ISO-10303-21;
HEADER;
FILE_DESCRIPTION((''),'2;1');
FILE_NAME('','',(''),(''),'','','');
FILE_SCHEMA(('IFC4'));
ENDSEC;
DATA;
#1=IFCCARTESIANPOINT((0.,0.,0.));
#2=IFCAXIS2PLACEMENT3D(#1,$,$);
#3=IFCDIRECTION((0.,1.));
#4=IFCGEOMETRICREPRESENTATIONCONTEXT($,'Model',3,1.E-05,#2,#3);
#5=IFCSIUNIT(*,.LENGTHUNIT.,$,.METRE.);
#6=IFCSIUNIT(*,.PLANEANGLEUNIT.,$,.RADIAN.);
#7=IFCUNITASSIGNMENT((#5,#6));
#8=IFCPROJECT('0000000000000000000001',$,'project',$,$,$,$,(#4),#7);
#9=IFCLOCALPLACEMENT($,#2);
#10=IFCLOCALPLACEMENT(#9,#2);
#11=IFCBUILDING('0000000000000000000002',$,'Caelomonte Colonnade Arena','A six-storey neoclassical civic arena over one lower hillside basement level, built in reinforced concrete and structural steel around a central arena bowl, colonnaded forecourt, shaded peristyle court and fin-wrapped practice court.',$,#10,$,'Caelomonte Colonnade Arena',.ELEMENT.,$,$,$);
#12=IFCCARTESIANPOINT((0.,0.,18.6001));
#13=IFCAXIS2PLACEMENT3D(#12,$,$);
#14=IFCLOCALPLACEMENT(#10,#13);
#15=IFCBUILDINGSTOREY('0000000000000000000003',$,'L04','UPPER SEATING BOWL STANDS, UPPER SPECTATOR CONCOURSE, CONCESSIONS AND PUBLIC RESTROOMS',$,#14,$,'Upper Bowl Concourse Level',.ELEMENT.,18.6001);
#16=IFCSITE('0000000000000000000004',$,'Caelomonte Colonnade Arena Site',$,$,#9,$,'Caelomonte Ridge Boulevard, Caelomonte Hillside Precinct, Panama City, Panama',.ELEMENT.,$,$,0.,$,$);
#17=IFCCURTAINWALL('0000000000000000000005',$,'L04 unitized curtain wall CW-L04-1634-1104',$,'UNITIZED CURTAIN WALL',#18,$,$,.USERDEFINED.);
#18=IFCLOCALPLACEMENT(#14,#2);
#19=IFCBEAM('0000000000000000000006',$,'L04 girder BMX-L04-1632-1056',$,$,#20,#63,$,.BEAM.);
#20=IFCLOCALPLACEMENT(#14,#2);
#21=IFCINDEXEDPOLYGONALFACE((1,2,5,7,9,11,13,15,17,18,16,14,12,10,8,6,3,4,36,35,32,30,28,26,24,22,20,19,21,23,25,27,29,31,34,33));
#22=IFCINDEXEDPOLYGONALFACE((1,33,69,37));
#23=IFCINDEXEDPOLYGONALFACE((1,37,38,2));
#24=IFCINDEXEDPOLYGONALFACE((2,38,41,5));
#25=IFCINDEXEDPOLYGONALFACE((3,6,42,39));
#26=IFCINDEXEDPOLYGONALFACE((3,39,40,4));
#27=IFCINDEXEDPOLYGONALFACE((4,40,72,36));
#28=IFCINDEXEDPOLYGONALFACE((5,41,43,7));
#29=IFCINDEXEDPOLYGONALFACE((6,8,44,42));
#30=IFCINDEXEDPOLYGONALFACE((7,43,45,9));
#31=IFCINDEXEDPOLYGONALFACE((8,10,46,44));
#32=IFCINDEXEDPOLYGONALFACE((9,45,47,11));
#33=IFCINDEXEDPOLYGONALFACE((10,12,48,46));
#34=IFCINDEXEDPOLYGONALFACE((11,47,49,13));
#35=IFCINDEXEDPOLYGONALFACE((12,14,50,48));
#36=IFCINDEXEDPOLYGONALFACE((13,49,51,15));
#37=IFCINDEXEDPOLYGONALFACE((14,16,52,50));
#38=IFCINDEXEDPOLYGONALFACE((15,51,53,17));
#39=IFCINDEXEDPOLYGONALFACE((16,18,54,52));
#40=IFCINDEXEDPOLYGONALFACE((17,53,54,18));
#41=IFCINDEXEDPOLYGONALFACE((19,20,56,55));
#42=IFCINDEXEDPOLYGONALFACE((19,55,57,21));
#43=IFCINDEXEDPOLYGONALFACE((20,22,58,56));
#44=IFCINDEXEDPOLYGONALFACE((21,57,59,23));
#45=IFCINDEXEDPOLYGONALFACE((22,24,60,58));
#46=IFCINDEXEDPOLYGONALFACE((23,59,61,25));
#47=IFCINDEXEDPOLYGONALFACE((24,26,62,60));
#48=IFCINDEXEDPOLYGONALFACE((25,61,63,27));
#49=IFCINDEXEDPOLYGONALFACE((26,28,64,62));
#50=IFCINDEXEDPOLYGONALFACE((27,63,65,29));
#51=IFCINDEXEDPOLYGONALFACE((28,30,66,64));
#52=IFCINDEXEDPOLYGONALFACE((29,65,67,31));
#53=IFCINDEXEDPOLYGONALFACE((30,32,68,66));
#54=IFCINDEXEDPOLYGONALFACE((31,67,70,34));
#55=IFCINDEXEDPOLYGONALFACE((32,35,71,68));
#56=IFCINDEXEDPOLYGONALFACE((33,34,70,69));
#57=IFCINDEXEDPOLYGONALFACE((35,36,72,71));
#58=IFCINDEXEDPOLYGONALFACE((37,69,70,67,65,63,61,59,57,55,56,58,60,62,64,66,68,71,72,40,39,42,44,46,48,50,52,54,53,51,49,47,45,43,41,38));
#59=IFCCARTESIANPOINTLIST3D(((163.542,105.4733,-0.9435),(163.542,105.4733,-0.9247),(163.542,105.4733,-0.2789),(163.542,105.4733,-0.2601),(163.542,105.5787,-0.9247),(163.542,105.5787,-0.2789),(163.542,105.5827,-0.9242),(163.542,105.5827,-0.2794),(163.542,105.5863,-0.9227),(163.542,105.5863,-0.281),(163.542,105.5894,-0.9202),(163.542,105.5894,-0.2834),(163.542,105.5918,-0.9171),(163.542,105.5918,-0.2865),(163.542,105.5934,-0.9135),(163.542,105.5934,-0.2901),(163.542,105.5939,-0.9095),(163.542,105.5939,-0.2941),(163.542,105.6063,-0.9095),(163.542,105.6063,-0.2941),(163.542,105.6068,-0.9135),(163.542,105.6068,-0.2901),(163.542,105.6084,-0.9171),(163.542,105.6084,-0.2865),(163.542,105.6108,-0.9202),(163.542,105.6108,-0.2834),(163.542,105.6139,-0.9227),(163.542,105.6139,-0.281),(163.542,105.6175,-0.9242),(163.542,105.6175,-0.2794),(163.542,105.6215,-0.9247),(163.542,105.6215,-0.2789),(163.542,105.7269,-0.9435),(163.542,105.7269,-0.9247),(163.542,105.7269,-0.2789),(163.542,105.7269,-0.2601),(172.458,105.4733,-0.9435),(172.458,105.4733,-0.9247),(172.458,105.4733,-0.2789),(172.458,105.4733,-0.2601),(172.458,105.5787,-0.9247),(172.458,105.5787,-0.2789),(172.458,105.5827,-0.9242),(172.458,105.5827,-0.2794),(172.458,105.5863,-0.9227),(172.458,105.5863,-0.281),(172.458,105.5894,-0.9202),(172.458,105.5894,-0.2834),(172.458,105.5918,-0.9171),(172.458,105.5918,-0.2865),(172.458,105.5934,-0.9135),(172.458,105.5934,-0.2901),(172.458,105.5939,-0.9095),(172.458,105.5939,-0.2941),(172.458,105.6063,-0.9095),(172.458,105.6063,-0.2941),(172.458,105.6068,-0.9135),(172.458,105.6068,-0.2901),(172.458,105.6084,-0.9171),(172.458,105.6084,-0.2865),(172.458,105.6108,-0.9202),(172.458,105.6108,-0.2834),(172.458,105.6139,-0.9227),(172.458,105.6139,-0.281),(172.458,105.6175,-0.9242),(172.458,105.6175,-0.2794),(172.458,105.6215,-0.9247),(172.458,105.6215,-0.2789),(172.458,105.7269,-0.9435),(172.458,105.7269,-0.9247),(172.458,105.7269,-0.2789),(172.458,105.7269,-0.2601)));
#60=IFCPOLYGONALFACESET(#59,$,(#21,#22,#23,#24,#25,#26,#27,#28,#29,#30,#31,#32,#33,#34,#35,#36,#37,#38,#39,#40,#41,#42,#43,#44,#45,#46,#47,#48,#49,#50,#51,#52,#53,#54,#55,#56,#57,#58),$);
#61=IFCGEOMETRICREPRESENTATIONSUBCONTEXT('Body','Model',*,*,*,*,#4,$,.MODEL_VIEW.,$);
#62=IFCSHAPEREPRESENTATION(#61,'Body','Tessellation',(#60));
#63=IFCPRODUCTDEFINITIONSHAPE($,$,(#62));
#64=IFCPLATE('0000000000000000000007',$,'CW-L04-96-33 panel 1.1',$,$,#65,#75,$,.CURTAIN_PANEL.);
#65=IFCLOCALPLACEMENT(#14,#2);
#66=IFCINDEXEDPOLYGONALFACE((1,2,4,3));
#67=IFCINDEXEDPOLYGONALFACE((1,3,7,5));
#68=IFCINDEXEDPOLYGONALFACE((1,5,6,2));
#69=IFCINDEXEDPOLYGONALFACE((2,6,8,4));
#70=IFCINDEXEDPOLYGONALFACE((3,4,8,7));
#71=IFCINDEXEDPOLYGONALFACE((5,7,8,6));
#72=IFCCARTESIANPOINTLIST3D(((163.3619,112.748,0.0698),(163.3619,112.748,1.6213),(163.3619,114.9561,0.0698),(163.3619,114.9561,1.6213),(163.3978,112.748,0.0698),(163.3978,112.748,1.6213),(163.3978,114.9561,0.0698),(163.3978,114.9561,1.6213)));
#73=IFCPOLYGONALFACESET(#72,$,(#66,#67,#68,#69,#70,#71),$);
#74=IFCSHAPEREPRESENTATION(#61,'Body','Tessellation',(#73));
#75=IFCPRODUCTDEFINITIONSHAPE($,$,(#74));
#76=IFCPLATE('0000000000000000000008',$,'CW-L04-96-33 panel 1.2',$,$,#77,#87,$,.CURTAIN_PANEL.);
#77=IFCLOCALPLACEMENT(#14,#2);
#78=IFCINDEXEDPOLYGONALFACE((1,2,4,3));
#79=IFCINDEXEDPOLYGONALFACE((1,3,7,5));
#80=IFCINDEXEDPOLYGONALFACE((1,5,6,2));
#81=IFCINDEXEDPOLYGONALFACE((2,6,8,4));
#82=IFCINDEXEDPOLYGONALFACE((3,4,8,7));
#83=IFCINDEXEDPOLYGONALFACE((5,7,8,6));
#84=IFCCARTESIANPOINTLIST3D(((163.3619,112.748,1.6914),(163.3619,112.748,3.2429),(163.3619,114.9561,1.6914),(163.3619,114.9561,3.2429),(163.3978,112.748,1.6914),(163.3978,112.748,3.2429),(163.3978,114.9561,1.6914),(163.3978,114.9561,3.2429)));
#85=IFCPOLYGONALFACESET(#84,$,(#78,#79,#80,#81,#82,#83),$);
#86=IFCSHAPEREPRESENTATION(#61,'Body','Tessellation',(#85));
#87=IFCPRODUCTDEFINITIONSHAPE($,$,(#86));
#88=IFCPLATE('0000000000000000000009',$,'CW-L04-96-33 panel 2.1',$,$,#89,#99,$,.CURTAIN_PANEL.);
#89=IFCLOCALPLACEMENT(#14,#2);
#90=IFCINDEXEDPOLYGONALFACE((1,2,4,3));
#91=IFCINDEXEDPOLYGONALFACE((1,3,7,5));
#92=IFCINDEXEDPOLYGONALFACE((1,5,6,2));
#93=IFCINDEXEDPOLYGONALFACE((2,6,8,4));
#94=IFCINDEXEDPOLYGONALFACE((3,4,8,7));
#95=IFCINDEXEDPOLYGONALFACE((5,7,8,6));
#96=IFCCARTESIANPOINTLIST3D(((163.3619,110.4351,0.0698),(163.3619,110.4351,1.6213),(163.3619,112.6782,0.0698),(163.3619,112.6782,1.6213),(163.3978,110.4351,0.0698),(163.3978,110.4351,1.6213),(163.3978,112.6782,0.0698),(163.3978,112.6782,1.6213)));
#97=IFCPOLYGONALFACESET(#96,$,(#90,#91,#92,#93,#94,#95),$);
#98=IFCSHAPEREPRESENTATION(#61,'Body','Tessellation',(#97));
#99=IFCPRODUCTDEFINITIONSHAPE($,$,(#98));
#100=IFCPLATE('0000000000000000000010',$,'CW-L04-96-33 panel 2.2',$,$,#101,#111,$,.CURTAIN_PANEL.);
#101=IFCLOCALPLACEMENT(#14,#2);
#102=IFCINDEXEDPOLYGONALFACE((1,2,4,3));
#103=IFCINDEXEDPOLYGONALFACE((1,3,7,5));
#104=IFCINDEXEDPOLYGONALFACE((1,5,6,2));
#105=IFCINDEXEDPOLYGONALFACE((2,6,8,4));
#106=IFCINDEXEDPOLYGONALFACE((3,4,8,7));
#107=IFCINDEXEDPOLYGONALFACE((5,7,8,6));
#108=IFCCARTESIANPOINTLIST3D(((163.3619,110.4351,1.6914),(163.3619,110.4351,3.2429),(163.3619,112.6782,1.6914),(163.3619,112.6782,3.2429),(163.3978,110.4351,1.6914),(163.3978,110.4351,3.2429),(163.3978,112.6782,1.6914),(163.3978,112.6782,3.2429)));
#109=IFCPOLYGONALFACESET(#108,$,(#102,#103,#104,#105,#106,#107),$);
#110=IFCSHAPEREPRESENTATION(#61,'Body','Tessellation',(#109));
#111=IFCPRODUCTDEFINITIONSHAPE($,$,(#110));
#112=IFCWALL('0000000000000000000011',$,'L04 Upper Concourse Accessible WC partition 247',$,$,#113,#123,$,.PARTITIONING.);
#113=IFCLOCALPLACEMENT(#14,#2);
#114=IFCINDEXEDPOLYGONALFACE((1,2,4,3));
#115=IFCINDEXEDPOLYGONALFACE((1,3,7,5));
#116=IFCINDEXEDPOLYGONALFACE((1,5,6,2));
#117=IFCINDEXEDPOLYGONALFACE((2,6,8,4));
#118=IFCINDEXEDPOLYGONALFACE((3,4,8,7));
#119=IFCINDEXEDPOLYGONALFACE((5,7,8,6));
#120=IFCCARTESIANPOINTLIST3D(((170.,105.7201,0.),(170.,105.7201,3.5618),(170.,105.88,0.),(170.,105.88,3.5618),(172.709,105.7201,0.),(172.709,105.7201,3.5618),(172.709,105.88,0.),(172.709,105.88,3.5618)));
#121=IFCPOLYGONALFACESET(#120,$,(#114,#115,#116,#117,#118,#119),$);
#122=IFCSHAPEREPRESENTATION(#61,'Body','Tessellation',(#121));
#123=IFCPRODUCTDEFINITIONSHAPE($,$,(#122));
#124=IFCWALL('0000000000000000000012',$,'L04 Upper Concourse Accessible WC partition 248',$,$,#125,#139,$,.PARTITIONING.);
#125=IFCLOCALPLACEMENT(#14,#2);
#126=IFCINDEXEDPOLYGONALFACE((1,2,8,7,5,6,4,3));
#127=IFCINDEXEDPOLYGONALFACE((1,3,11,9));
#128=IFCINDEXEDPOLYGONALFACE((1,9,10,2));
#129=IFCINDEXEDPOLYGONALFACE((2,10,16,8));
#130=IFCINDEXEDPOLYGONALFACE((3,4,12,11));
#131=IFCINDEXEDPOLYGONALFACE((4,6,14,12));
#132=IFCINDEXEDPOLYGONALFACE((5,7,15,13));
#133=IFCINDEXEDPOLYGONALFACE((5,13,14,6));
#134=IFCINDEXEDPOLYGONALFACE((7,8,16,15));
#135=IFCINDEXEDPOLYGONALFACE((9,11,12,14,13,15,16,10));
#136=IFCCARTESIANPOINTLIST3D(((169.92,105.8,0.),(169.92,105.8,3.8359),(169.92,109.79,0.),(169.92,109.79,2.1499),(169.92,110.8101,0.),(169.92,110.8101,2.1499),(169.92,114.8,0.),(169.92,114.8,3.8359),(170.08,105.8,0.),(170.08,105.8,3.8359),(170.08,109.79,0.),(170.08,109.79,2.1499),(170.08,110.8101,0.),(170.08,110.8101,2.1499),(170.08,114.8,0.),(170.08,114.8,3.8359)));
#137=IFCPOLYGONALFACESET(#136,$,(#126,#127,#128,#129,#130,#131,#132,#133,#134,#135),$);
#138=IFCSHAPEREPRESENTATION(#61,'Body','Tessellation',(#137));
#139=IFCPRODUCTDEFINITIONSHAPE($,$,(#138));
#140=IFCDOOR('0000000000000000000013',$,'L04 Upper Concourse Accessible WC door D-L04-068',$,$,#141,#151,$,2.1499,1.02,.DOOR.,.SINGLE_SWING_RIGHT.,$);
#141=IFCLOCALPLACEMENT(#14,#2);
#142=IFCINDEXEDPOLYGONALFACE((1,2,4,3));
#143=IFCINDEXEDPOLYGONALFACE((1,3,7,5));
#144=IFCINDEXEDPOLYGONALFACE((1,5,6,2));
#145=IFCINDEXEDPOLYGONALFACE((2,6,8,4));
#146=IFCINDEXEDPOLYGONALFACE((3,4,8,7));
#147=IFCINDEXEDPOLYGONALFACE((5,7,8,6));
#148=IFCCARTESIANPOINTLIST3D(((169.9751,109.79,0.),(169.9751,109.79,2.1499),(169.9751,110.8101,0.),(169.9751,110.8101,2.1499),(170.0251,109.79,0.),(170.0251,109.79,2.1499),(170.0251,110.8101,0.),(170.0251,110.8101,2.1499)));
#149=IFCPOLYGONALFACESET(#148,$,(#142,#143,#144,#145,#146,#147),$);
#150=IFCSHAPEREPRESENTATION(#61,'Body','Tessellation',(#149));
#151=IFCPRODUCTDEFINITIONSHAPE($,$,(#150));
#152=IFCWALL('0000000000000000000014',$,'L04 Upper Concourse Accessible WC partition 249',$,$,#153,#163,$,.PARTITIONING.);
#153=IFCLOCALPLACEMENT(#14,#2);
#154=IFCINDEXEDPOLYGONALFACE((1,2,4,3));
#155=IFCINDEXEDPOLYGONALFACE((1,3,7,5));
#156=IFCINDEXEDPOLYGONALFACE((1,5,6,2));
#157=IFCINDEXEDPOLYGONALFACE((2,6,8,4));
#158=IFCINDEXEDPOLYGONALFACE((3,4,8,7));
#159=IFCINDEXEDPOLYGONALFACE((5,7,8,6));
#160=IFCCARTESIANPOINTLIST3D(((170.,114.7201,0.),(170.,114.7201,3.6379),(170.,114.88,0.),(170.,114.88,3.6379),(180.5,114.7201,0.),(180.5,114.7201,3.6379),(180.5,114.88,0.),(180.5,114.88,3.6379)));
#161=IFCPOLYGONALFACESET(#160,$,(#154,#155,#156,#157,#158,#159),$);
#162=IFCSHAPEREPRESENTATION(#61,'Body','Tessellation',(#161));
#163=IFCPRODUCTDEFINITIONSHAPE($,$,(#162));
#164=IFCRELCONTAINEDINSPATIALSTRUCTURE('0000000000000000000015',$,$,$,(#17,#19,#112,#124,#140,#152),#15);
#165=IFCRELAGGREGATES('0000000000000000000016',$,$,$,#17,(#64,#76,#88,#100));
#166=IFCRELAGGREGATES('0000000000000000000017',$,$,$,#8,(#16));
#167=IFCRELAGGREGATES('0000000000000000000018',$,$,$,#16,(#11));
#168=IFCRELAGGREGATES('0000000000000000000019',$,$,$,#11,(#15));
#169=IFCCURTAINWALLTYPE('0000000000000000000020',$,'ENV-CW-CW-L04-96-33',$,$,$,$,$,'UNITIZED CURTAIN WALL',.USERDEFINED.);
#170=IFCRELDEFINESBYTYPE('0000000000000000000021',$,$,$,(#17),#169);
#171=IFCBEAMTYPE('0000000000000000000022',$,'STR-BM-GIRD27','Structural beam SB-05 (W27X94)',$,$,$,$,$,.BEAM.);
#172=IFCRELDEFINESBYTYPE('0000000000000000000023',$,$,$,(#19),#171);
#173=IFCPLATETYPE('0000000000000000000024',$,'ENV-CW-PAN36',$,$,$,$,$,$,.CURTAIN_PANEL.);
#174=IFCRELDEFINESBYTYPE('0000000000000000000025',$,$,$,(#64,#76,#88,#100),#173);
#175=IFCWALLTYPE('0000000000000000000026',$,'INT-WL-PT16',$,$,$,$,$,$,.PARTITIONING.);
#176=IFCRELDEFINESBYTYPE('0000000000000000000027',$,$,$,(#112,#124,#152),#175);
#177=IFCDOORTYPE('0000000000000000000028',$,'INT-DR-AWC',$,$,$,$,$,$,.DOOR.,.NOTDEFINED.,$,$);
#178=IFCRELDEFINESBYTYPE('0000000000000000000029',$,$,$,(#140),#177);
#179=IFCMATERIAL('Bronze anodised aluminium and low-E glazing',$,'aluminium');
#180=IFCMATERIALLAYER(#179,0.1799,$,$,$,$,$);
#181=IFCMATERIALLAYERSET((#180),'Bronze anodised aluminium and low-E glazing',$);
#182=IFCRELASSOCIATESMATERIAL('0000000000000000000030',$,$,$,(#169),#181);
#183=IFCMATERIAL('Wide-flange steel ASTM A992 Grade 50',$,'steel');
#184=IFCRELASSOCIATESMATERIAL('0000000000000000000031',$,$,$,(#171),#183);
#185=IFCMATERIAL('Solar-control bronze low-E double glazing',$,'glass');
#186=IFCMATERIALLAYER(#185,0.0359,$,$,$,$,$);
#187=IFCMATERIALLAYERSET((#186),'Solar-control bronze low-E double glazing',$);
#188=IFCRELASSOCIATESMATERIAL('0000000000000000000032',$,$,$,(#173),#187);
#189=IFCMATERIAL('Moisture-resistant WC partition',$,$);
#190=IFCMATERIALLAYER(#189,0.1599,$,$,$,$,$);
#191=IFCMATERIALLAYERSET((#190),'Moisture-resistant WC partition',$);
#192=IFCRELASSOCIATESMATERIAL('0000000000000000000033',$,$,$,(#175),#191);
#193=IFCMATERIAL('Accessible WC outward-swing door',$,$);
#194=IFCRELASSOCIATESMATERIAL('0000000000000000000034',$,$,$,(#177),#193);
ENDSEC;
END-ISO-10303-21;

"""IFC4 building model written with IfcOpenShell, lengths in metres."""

from ifc_helpers import new_model, si_unit, direction, frame, frame_2d, origin, origin_2d, place, context, subcontext, project, spatial, rectangle, i_section, extrude, material, layer, layer_set, material_profile, profile_set, type_object, element, fill, aggregate, save


model = new_model("IFC4")

# Units and contexts
model_context = context("Model", 3, precision=1e-05, world=origin(), true_north=direction((0.0, 1.0)))
body_context = subcontext(model_context, "Body", "Model", "MODEL_VIEW")
ifc_project = project(units=[si_unit("LENGTHUNIT", "METRE"), si_unit("PLANEANGLEUNIT", "RADIAN")], contexts=[model_context])

# Site, building, storey
site_placement = place(None, origin())
site = spatial("IfcSite", under=ifc_project, at=site_placement, Name="Caelomonte Colonnade Arena Site", LongName="Caelomonte Ridge Boulevard, Caelomonte Hillside Precinct, Panama City, Panama", CompositionType="ELEMENT", RefElevation=0.0)
building_placement = place(site_placement, origin())
building = spatial("IfcBuilding", under=site, at=building_placement, Name="Caelomonte Colonnade Arena", Description="A six-storey neoclassical civic arena over one lower hillside basement level, built in reinforced concrete and structural steel around a central arena bowl, colonnaded forecourt, shaded peristyle court and fin-wrapped practice court.", LongName="Caelomonte Colonnade Arena", CompositionType="ELEMENT")
storey_placement = place(building_placement, frame((0.0, 0.0, 18.6001)))
storey = spatial("IfcBuildingStorey", under=building, at=storey_placement, Name="L04", Description="UPPER SEATING BOWL STANDS, UPPER SPECTATOR CONCOURSE, CONCESSIONS AND PUBLIC RESTROOMS", LongName="Upper Bowl Concourse Level", CompositionType="ELEMENT", Elevation=18.6001)

# Curtain wall
ifc_material_1 = material(Name="Bronze anodised aluminium and low-E glazing", Category="aluminium")
ifc_layer_1 = layer(ifc_material_1, 0.1799)
ifc_layer_set_1 = layer_set([ifc_layer_1], Name="Bronze anodised aluminium and low-E glazing")
curtain_wall_type = type_object("IfcCurtainWallType", Name="ENV-CW-CW-L04-96-33", ElementType="UNITIZED CURTAIN WALL", PredefinedType="USERDEFINED", material=ifc_layer_set_1)
curtain_wall_placement = place(storey_placement, origin())
curtain_wall = element("IfcCurtainWall", 1, at=curtain_wall_placement, inside=storey, type_object=curtain_wall_type, Name="L04 unitized curtain wall CW-L04-1634-1104", ObjectType="UNITIZED CURTAIN WALL", PredefinedType="USERDEFINED")

# Beam
ifc_material_2 = material(Name="Wide-flange steel ASTM A992 Grade 50", Category="steel")
ifc_material_profile_1 = material_profile(ifc_material_2, i_section(OverallWidth=0.2537, OverallDepth=0.6833, WebThickness=0.0125, FlangeThickness=0.0188, FilletRadius=0.0151, at=origin_2d()), Name="W27X94")
ifc_profile_set_1 = profile_set([ifc_material_profile_1], Name="Wide-flange steel ASTM A992 Grade 50")
beam_type_1 = type_object("IfcBeamType", Name="STR-BM-GIRD27", Description="Structural beam SB-05 (W27X94)", PredefinedType="BEAM", material=ifc_profile_set_1)
beam_1_placement = place(storey_placement, frame((163.542, 105.6001, -0.6018), z_axis=(1.0, 0.0, 0.0), x_axis=(0.0, 1.0, 0.0)))
element("IfcBeam", 2, at=beam_1_placement, inside=storey, type_object=beam_type_1, Name="L04 girder BMX-L04-1632-1056", PredefinedType="BEAM", context=body_context, shape_type="SweptSolid", body=[
    extrude(i_section(OverallWidth=0.2537, OverallDepth=0.6833, WebThickness=0.0125, FlangeThickness=0.0188, FilletRadius=0.0151, at=origin_2d()), origin(), (0.0, 0.0, 1.0), 8.916),
])

# Plates
ifc_material_3 = material(Name="Solar-control bronze low-E double glazing", Category="glass")
ifc_layer_2 = layer(ifc_material_3, 0.0359)
ifc_layer_set_2 = layer_set([ifc_layer_2], Name="Solar-control bronze low-E double glazing")
plate_type = type_object("IfcPlateType", Name="ENV-CW-PAN36", PredefinedType="CURTAIN_PANEL", material=ifc_layer_set_2)
plate_1_placement = place(storey_placement, frame((163.3799, 113.8521, 0.0698), z_axis=(0.0, 0.0, 1.0), x_axis=(0.0, -1.0, 0.0)))
plate_1 = element("IfcPlate", 3, at=plate_1_placement, type_object=plate_type, Name="CW-L04-96-33 panel 1.1", PredefinedType="CURTAIN_PANEL", context=body_context, shape_type="SweptSolid", body=[
    extrude(rectangle(XDim=2.208, YDim=0.0359, at=origin_2d()), origin(), (0.0, 0.0, 1.0), 1.5515),
])
plate_2_placement = place(storey_placement, frame((163.3799, 113.8521, 1.6914), z_axis=(0.0, 0.0, 1.0), x_axis=(0.0, -1.0, 0.0)))
plate_2 = element("IfcPlate", 4, at=plate_2_placement, type_object=plate_type, Name="CW-L04-96-33 panel 1.2", PredefinedType="CURTAIN_PANEL", context=body_context, shape_type="SweptSolid", body=[
    extrude(rectangle(XDim=2.208, YDim=0.0359, at=origin_2d()), origin(), (0.0, 0.0, 1.0), 1.5515),
])
plate_3_placement = place(storey_placement, frame((163.3799, 111.5566, 0.0698), z_axis=(0.0, 0.0, 1.0), x_axis=(0.0, -1.0, 0.0)))
plate_3 = element("IfcPlate", 5, at=plate_3_placement, type_object=plate_type, Name="CW-L04-96-33 panel 2.1", PredefinedType="CURTAIN_PANEL", context=body_context, shape_type="SweptSolid", body=[
    extrude(rectangle(XDim=2.2432, YDim=0.0359, at=origin_2d()), origin(), (0.0, 0.0, 1.0), 1.5515),
])
plate_4_placement = place(storey_placement, frame((163.3799, 111.5566, 1.6914), z_axis=(0.0, 0.0, 1.0), x_axis=(0.0, -1.0, 0.0)))
plate_4 = element("IfcPlate", 6, at=plate_4_placement, type_object=plate_type, Name="CW-L04-96-33 panel 2.2", PredefinedType="CURTAIN_PANEL", context=body_context, shape_type="SweptSolid", body=[
    extrude(rectangle(XDim=2.2432, YDim=0.0359, at=origin_2d()), origin(), (0.0, 0.0, 1.0), 1.5515),
])
aggregate(curtain_wall, [plate_1, plate_2, plate_3, plate_4])

# Wall
ifc_material_4 = material(Name="Moisture-resistant WC partition")
ifc_layer_3 = layer(ifc_material_4, 0.1599)
ifc_layer_set_3 = layer_set([ifc_layer_3], Name="Moisture-resistant WC partition")
wall_type = type_object("IfcWallType", Name="INT-WL-PT16", PredefinedType="PARTITIONING", material=ifc_layer_set_3)
wall_1_placement = place(storey_placement, frame((172.709, 105.8, 0.0), z_axis=(0.0, 0.0, 1.0), x_axis=(-1.0, 0.0, 0.0)))
element("IfcWall", 7, at=wall_1_placement, inside=storey, type_object=wall_type, Name="L04 Upper Concourse Accessible WC partition 247", PredefinedType="PARTITIONING", context=body_context, shape_type="SweptSolid", body=[
    extrude(rectangle(XDim=2.709, YDim=0.1599, at=frame_2d((1.3545, 0.0))), origin(), (0.0, 0.0, 1.0), 3.5618),
])

# Wall, opening, door
wall_2_placement = place(storey_placement, frame((170.0, 105.8, 0.0), z_axis=(0.0, 0.0, 1.0), x_axis=(0.0, 1.0, 0.0)))
wall_2 = element("IfcWall", 8, at=wall_2_placement, inside=storey, type_object=wall_type, Name="L04 Upper Concourse Accessible WC partition 248", PredefinedType="PARTITIONING", context=body_context, shape_type="SweptSolid", body=[
    extrude(rectangle(XDim=9.0, YDim=0.1599, at=frame_2d((4.5, 0.0))), origin(), (0.0, 0.0, 1.0), 3.8359),
])
opening_placement = place(wall_2_placement, frame((3.99, 0.0, 0.0), z_axis=(0.0, 0.0, 1.0), x_axis=(1.0, 0.0, 0.0)))
opening = element("IfcOpeningElement", 9, at=opening_placement, cuts=wall_2, PredefinedType="OPENING", context=body_context, shape_type="SweptSolid", body=[
    extrude(rectangle(XDim=1.02, YDim=2.1499, at=frame_2d((0.51, 1.075))), frame((0.0, 0.0898, 0.0), z_axis=(0.0, -1.0, 0.0), x_axis=(1.0, 0.0, 0.0)), (0.0, 0.0, 1.0), 0.1799),
])
ifc_material_5 = material(Name="Accessible WC outward-swing door")
door_type = type_object("IfcDoorType", Name="INT-DR-AWC", OperationType="NOTDEFINED", PredefinedType="DOOR", material=ifc_material_5)
door_placement = place(opening_placement, origin())
door = element("IfcDoor", 10, at=door_placement, inside=storey, type_object=door_type, Name="L04 Upper Concourse Accessible WC door D-L04-068", OperationType="SINGLE_SWING_RIGHT", OverallHeight=2.1499, OverallWidth=1.02, PredefinedType="DOOR", context=body_context, shape_type="SweptSolid", body=[
    extrude(rectangle(XDim=1.02, YDim=2.1499, at=frame_2d((0.51, 1.075))), frame((0.0, 0.0249, 0.0), z_axis=(0.0, -1.0, 0.0), x_axis=(1.0, 0.0, 0.0)), (0.0, 0.0, 1.0), 0.05),
])
fill(opening, door)

# Wall
wall_3_placement = place(storey_placement, frame((170.0, 114.8, 0.0), z_axis=(0.0, 0.0, 1.0), x_axis=(1.0, 0.0, 0.0)))
element("IfcWall", 11, at=wall_3_placement, inside=storey, type_object=wall_type, Name="L04 Upper Concourse Accessible WC partition 249", PredefinedType="PARTITIONING", context=body_context, shape_type="SweptSolid", body=[
    extrude(rectangle(XDim=10.5, YDim=0.1599, at=frame_2d((5.25, 0.0))), origin(), (0.0, 0.0, 1.0), 3.6379),
])

save(model, "model.ifc")
